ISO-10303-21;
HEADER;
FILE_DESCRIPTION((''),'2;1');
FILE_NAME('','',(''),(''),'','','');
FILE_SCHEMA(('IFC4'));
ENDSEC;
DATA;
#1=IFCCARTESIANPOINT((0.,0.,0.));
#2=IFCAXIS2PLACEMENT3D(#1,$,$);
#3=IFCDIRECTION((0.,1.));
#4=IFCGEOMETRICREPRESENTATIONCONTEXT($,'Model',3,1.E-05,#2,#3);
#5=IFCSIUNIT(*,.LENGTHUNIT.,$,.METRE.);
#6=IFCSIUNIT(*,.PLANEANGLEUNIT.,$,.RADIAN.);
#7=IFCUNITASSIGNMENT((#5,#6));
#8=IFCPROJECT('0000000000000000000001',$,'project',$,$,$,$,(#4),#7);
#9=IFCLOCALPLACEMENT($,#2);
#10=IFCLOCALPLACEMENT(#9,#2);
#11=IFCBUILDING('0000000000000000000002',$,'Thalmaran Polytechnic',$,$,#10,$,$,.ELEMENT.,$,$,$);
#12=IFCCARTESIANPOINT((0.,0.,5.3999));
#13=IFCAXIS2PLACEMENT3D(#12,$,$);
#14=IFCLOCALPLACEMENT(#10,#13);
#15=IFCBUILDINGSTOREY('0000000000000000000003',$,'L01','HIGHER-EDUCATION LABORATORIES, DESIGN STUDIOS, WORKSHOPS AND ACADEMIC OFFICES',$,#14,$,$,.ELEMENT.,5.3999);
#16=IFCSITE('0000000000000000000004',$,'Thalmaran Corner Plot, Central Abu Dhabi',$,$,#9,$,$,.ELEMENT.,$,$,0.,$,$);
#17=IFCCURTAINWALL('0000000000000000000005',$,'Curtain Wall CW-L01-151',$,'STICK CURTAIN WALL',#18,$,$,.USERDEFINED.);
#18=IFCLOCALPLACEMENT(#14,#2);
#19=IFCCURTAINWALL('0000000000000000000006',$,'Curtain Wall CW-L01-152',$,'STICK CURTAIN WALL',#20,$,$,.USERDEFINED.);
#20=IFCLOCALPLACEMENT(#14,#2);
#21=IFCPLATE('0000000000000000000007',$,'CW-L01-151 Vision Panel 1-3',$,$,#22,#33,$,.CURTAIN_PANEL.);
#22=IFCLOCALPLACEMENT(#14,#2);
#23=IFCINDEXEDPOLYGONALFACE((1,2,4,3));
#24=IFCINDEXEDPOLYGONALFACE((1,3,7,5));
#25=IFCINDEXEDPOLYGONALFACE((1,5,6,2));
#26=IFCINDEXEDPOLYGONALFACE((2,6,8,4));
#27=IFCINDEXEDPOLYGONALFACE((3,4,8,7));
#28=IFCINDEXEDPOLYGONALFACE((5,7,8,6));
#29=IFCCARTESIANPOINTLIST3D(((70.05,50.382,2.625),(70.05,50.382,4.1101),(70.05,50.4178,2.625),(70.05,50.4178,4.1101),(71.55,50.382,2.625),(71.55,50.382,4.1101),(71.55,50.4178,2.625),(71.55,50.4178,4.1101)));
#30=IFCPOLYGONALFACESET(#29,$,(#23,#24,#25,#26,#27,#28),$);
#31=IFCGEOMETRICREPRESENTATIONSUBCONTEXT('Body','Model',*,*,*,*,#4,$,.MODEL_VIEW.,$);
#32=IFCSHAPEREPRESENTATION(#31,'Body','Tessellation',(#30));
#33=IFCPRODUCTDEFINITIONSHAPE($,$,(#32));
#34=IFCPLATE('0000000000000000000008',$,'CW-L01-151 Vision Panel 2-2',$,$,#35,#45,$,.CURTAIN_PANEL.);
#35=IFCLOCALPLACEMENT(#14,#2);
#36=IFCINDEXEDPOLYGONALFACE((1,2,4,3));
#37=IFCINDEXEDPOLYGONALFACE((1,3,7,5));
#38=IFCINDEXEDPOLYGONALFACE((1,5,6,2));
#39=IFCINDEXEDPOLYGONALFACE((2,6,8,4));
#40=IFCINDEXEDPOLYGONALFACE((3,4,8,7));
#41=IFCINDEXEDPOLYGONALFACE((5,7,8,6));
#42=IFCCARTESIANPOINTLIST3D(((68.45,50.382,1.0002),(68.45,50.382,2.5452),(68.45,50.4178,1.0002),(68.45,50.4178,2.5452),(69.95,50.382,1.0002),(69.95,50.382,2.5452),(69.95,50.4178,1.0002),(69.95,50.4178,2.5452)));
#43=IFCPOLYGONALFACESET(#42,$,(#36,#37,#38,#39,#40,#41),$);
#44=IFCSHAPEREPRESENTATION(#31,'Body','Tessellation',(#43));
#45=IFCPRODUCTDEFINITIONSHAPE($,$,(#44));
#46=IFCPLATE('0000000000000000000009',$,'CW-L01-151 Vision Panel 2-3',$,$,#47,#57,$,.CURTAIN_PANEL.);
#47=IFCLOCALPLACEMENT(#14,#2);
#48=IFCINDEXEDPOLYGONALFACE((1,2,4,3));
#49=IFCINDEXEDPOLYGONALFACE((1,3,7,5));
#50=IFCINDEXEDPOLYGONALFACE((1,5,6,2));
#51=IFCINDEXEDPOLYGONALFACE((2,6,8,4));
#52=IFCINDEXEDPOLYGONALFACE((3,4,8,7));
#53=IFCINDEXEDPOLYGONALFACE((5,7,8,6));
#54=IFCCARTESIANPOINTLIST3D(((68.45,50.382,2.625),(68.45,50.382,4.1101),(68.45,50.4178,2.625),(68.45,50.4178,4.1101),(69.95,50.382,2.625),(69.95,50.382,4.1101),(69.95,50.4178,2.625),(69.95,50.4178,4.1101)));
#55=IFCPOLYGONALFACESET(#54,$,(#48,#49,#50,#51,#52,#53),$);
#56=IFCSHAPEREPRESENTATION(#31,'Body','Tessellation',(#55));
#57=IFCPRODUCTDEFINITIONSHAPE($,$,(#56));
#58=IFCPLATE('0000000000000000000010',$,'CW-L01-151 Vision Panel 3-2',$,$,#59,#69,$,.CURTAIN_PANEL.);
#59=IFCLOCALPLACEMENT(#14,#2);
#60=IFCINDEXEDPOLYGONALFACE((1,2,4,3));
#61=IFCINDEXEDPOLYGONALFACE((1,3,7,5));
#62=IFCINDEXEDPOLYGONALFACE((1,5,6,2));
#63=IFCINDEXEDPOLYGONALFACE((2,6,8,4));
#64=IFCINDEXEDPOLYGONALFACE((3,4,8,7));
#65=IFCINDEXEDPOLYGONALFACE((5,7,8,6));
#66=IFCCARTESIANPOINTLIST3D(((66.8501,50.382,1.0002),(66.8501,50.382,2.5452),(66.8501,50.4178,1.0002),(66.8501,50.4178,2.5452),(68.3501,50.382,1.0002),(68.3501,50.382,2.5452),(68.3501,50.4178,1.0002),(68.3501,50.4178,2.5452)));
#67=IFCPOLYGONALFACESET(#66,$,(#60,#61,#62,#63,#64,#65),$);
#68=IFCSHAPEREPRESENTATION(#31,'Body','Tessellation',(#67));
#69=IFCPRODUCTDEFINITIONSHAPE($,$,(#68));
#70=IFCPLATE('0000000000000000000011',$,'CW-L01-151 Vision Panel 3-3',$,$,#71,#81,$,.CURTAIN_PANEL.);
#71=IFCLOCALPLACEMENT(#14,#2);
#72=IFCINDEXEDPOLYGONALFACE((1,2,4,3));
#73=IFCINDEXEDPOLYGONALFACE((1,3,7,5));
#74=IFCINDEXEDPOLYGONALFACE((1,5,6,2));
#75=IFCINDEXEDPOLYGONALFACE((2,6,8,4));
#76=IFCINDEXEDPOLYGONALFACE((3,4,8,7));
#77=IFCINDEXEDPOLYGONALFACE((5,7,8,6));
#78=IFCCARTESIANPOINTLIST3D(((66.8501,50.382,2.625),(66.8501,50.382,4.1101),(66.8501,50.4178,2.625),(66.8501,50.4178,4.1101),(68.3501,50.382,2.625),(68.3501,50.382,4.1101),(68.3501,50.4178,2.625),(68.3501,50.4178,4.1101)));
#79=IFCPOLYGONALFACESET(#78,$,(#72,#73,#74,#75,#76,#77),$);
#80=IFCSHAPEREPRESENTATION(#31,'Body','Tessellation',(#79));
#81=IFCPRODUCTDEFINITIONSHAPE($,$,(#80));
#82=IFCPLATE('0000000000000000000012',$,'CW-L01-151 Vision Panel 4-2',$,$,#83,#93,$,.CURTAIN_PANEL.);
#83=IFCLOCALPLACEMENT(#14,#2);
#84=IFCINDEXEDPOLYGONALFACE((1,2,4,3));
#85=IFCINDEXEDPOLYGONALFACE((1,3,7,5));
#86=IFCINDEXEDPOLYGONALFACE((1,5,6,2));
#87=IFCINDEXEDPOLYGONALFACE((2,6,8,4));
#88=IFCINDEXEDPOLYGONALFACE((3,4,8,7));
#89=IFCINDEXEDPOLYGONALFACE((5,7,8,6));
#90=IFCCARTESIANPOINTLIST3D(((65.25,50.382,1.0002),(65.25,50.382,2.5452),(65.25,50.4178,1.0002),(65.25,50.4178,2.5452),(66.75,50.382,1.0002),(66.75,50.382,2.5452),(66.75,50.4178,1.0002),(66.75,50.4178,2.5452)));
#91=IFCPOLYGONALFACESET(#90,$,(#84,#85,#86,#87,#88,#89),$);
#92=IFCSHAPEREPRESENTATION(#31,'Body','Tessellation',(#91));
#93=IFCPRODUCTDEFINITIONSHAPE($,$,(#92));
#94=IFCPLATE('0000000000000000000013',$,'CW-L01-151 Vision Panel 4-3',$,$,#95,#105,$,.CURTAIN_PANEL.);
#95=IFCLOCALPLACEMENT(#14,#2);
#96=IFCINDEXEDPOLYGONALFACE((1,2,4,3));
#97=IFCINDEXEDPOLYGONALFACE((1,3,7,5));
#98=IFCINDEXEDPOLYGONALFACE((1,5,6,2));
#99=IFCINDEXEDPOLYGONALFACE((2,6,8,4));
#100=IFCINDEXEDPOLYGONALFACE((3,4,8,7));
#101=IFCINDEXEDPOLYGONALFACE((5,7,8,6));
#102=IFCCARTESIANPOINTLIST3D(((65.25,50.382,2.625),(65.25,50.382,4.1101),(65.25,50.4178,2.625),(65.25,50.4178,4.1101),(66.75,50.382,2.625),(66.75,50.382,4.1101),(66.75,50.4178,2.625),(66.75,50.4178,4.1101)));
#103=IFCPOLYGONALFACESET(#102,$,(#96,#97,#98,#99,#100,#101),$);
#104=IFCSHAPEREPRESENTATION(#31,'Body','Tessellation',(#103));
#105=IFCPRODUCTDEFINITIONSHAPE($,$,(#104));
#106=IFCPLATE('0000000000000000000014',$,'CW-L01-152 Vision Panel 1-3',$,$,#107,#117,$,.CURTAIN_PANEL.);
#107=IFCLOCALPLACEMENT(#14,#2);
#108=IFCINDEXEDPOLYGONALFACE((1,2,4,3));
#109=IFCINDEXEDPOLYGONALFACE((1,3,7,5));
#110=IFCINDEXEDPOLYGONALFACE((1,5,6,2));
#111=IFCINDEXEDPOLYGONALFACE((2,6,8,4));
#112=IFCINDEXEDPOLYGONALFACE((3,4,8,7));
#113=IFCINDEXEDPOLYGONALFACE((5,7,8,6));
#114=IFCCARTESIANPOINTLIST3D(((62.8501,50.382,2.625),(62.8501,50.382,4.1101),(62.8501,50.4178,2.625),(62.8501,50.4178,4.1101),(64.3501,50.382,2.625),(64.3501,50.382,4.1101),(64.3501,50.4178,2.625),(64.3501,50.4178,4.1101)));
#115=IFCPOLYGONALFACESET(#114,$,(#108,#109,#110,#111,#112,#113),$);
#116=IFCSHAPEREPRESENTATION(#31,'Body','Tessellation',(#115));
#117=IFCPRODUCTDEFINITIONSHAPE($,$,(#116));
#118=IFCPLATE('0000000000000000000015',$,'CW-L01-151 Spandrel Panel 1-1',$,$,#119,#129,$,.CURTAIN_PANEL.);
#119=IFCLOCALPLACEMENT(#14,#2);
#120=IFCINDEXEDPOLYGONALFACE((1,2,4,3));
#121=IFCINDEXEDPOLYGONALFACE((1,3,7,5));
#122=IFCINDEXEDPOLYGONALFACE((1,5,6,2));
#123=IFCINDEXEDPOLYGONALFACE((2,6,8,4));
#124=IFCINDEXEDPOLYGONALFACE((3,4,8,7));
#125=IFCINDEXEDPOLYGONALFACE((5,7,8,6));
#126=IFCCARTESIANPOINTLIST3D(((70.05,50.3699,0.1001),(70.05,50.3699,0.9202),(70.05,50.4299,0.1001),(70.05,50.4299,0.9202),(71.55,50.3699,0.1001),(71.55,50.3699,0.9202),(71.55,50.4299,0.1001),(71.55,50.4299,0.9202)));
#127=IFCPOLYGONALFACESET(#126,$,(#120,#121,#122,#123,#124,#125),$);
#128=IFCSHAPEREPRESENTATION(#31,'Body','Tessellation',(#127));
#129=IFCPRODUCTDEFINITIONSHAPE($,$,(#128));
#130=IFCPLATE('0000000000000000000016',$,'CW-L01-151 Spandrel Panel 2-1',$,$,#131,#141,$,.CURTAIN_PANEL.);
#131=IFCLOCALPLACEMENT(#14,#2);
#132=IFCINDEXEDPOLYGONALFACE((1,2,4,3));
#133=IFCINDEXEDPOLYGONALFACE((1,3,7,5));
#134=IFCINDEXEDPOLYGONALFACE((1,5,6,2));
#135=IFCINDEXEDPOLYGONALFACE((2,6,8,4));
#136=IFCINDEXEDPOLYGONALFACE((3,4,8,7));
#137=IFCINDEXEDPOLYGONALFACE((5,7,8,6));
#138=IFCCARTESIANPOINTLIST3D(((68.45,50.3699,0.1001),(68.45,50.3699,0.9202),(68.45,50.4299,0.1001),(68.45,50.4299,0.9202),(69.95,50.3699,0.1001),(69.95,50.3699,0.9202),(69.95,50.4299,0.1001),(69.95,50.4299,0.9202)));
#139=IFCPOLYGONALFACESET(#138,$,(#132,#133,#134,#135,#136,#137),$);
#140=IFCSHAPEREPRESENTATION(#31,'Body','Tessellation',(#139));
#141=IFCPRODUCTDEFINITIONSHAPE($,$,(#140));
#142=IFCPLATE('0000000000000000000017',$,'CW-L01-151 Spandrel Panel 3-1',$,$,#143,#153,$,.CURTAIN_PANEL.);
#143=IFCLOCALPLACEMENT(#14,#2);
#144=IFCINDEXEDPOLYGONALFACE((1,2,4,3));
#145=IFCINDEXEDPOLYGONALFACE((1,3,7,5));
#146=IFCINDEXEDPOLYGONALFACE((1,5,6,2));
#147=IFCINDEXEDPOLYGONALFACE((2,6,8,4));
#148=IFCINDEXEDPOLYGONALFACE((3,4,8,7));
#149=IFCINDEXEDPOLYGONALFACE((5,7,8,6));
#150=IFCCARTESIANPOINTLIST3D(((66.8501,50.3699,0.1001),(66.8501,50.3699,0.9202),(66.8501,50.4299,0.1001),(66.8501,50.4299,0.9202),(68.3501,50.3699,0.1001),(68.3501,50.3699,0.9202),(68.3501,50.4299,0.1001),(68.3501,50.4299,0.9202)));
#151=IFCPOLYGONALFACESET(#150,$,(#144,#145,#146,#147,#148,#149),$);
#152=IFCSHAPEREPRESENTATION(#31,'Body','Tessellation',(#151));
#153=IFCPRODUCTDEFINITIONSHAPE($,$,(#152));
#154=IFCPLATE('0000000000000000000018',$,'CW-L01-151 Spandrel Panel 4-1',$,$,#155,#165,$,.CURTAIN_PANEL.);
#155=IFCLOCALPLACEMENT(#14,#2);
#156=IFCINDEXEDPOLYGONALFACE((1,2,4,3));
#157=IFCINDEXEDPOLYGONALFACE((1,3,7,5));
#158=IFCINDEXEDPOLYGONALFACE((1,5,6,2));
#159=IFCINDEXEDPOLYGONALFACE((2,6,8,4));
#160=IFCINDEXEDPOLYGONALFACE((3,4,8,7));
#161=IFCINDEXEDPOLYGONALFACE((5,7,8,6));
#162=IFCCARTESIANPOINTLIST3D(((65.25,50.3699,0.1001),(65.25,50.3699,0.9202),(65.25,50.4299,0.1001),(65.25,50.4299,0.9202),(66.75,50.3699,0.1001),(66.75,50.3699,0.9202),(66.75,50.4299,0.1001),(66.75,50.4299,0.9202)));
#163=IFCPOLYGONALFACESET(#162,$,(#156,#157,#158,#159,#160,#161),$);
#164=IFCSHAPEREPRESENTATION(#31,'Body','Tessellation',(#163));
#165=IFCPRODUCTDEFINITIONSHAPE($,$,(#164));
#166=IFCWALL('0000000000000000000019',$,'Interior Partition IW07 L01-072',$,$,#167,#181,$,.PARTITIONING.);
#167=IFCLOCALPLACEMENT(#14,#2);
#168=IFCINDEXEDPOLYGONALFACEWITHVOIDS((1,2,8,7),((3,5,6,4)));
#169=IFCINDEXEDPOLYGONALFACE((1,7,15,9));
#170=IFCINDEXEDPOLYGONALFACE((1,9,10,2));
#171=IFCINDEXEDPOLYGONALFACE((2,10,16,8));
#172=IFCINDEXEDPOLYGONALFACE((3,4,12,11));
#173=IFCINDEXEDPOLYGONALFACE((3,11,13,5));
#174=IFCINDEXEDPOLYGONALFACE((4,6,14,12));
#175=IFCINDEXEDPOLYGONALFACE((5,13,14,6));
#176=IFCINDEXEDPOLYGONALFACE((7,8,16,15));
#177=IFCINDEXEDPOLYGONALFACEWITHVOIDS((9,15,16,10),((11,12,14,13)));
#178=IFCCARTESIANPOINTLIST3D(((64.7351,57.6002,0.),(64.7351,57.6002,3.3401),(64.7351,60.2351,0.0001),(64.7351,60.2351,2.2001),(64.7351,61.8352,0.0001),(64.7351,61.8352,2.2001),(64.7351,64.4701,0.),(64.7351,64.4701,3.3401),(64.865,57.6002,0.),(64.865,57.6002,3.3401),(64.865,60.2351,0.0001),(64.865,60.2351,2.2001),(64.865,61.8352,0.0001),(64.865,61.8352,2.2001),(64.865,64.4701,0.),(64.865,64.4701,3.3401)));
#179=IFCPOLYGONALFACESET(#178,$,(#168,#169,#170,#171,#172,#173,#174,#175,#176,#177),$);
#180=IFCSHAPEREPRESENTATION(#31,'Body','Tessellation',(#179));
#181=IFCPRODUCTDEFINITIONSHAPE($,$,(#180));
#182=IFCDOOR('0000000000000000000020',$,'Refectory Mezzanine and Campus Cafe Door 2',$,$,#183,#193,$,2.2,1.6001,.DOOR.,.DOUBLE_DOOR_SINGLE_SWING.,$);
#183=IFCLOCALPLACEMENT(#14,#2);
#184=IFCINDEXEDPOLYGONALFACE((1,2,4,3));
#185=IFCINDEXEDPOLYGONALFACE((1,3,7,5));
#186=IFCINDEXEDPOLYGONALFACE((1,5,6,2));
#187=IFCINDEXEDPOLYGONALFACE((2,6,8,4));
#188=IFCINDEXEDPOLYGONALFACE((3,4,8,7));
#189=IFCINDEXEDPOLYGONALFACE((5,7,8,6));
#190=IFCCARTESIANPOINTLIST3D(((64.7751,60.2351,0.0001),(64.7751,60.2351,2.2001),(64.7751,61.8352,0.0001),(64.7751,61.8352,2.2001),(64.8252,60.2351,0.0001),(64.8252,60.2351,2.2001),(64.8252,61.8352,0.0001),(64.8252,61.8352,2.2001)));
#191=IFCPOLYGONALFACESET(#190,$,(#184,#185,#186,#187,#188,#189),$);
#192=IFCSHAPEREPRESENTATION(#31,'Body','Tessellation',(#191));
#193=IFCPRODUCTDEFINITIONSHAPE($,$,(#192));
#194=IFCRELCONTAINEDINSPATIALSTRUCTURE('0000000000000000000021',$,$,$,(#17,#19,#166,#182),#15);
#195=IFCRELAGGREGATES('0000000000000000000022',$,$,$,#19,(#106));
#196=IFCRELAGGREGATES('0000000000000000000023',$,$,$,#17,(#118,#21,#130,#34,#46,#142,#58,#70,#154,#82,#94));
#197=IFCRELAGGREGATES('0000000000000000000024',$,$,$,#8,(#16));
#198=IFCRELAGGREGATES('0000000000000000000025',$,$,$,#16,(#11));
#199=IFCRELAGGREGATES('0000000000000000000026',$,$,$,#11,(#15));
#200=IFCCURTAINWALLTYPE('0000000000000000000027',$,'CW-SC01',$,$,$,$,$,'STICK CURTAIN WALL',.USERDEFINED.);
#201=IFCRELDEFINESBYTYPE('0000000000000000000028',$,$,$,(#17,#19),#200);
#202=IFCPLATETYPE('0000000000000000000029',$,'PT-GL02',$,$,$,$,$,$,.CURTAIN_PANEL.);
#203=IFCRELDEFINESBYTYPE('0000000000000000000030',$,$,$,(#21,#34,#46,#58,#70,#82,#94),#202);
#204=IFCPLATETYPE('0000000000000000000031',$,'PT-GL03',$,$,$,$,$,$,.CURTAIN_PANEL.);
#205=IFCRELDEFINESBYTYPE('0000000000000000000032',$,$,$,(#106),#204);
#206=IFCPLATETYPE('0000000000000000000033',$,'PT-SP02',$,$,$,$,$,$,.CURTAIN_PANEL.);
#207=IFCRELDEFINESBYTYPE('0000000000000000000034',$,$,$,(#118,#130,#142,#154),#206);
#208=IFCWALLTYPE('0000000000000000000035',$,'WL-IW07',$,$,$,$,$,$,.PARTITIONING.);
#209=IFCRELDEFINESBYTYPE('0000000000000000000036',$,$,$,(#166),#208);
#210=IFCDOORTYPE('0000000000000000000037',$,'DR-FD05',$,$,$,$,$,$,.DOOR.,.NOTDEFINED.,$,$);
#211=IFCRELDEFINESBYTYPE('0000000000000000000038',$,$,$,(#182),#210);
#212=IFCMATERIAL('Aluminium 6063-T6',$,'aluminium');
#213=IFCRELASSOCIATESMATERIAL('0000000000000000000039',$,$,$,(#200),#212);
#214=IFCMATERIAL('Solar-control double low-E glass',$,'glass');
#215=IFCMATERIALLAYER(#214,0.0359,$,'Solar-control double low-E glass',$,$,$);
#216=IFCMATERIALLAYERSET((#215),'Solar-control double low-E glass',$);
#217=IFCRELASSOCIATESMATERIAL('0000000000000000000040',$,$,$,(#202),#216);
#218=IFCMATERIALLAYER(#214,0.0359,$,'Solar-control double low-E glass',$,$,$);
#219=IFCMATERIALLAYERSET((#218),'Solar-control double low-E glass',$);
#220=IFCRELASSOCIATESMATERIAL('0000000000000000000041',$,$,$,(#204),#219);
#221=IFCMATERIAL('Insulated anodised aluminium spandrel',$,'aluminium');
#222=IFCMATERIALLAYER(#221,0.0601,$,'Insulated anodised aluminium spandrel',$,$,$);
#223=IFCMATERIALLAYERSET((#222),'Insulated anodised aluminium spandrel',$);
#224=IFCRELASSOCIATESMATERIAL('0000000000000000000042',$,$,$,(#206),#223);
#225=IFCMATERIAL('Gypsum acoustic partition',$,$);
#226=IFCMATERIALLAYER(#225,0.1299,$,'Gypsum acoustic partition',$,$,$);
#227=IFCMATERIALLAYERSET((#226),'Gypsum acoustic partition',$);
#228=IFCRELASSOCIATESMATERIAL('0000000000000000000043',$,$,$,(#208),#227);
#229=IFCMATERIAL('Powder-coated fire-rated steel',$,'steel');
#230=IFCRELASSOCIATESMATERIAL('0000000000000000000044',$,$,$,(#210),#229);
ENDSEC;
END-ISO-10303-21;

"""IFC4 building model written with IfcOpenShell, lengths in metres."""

from ifc_helpers import new_model, si_unit, direction, frame, frame_2d, origin, origin_2d, place, context, subcontext, project, spatial, rectangle, extrude, material, layer, layer_set, type_object, element, fill, aggregate, save


model = new_model("IFC4")

# Units and contexts
model_context = context("Model", 3, precision=1e-05, world=origin(), true_north=direction((0.0, 1.0)))
body_context = subcontext(model_context, "Body", "Model", "MODEL_VIEW")
ifc_project = project(units=[si_unit("LENGTHUNIT", "METRE"), si_unit("PLANEANGLEUNIT", "RADIAN")], contexts=[model_context])

# Site, building, storey
site_placement = place(None, origin())
site = spatial("IfcSite", under=ifc_project, at=site_placement, Name="Thalmaran Corner Plot, Central Abu Dhabi", CompositionType="ELEMENT", RefElevation=0.0)
building_placement = place(site_placement, origin())
building = spatial("IfcBuilding", under=site, at=building_placement, Name="Thalmaran Polytechnic", CompositionType="ELEMENT")
storey_placement = place(building_placement, frame((0.0, 0.0, 5.3999)))
storey = spatial("IfcBuildingStorey", under=building, at=storey_placement, Name="L01", Description="HIGHER-EDUCATION LABORATORIES, DESIGN STUDIOS, WORKSHOPS AND ACADEMIC OFFICES", CompositionType="ELEMENT", Elevation=5.3999)

# Curtain wall
ifc_material_1 = material(Name="Aluminium 6063-T6", Category="aluminium")
curtain_wall_type = type_object("IfcCurtainWallType", Name="CW-SC01", ElementType="STICK CURTAIN WALL", PredefinedType="USERDEFINED", material=ifc_material_1)
curtain_wall_1_placement = place(storey_placement, origin())
curtain_wall_1 = element("IfcCurtainWall", 1, at=curtain_wall_1_placement, inside=storey, type_object=curtain_wall_type, Name="Curtain Wall CW-L01-151", ObjectType="STICK CURTAIN WALL", PredefinedType="USERDEFINED")

# Curtain wall
curtain_wall_2_placement = place(storey_placement, origin())
curtain_wall_2 = element("IfcCurtainWall", 2, at=curtain_wall_2_placement, inside=storey, type_object=curtain_wall_type, Name="Curtain Wall CW-L01-152", ObjectType="STICK CURTAIN WALL", PredefinedType="USERDEFINED")

# Plates
ifc_material_2 = material(Name="Solar-control double low-E glass", Category="glass")
ifc_layer_1 = layer(ifc_material_2, 0.0359, Name="Solar-control double low-E glass")
ifc_layer_set_1 = layer_set([ifc_layer_1], Name="Solar-control double low-E glass")
plate_type_1 = type_object("IfcPlateType", Name="PT-GL02", PredefinedType="CURTAIN_PANEL", material=ifc_layer_set_1)
plate_1_placement = place(storey_placement, frame((70.8, 50.3999, 2.625), z_axis=(0.0, 0.0, 1.0), x_axis=(-1.0, 0.0, 0.0)))
plate_1 = element("IfcPlate", 3, at=plate_1_placement, type_object=plate_type_1, Name="CW-L01-151 Vision Panel 1-3", PredefinedType="CURTAIN_PANEL", context=body_context, shape_type="SweptSolid", body=[
    extrude(rectangle(XDim=1.5, YDim=0.0359, at=origin_2d()), origin(), (0.0, 0.0, 1.0), 1.4851),
])
plate_2_placement = place(storey_placement, frame((69.2, 50.3999, 1.0002), z_axis=(0.0, 0.0, 1.0), x_axis=(-1.0, 0.0, 0.0)))
plate_2 = element("IfcPlate", 4, at=plate_2_placement, type_object=plate_type_1, Name="CW-L01-151 Vision Panel 2-2", PredefinedType="CURTAIN_PANEL", context=body_context, shape_type="SweptSolid", body=[
    extrude(rectangle(XDim=1.5, YDim=0.0359, at=origin_2d()), origin(), (0.0, 0.0, 1.0), 1.5449),
])
plate_3_placement = place(storey_placement, frame((69.2, 50.3999, 2.625), z_axis=(0.0, 0.0, 1.0), x_axis=(-1.0, 0.0, 0.0)))
plate_3 = element("IfcPlate", 5, at=plate_3_placement, type_object=plate_type_1, Name="CW-L01-151 Vision Panel 2-3", PredefinedType="CURTAIN_PANEL", context=body_context, shape_type="SweptSolid", body=[
    extrude(rectangle(XDim=1.5, YDim=0.0359, at=origin_2d()), origin(), (0.0, 0.0, 1.0), 1.4851),
])
plate_4_placement = place(storey_placement, frame((67.6001, 50.3999, 1.0002), z_axis=(0.0, 0.0, 1.0), x_axis=(-1.0, 0.0, 0.0)))
plate_4 = element("IfcPlate", 6, at=plate_4_placement, type_object=plate_type_1, Name="CW-L01-151 Vision Panel 3-2", PredefinedType="CURTAIN_PANEL", context=body_context, shape_type="SweptSolid", body=[
    extrude(rectangle(XDim=1.5, YDim=0.0359, at=origin_2d()), origin(), (0.0, 0.0, 1.0), 1.5449),
])
plate_5_placement = place(storey_placement, frame((67.6001, 50.3999, 2.625), z_axis=(0.0, 0.0, 1.0), x_axis=(-1.0, 0.0, 0.0)))
plate_5 = element("IfcPlate", 7, at=plate_5_placement, type_object=plate_type_1, Name="CW-L01-151 Vision Panel 3-3", PredefinedType="CURTAIN_PANEL", context=body_context, shape_type="SweptSolid", body=[
    extrude(rectangle(XDim=1.5, YDim=0.0359, at=origin_2d()), origin(), (0.0, 0.0, 1.0), 1.4851),
])
plate_6_placement = place(storey_placement, frame((66.0, 50.3999, 1.0002), z_axis=(0.0, 0.0, 1.0), x_axis=(-1.0, 0.0, 0.0)))
plate_6 = element("IfcPlate", 8, at=plate_6_placement, type_object=plate_type_1, Name="CW-L01-151 Vision Panel 4-2", PredefinedType="CURTAIN_PANEL", context=body_context, shape_type="SweptSolid", body=[
    extrude(rectangle(XDim=1.5, YDim=0.0359, at=origin_2d()), origin(), (0.0, 0.0, 1.0), 1.5449),
])
plate_7_placement = place(storey_placement, frame((66.0, 50.3999, 2.625), z_axis=(0.0, 0.0, 1.0), x_axis=(-1.0, 0.0, 0.0)))
plate_7 = element("IfcPlate", 9, at=plate_7_placement, type_object=plate_type_1, Name="CW-L01-151 Vision Panel 4-3", PredefinedType="CURTAIN_PANEL", context=body_context, shape_type="SweptSolid", body=[
    extrude(rectangle(XDim=1.5, YDim=0.0359, at=origin_2d()), origin(), (0.0, 0.0, 1.0), 1.4851),
])
ifc_layer_2 = layer(ifc_material_2, 0.0359, Name="Solar-control double low-E glass")
ifc_layer_set_2 = layer_set([ifc_layer_2], Name="Solar-control double low-E glass")
plate_type_2 = type_object("IfcPlateType", Name="PT-GL03", PredefinedType="CURTAIN_PANEL", material=ifc_layer_set_2)
plate_8_placement = place(storey_placement, frame((63.6001, 50.3999, 2.625), z_axis=(0.0, 0.0, 1.0), x_axis=(-1.0, 0.0, 0.0)))
plate_8 = element("IfcPlate", 10, at=plate_8_placement, type_object=plate_type_2, Name="CW-L01-152 Vision Panel 1-3", PredefinedType="CURTAIN_PANEL", context=body_context, shape_type="SweptSolid", body=[
    extrude(rectangle(XDim=1.5, YDim=0.0359, at=origin_2d()), origin(), (0.0, 0.0, 1.0), 1.4851),
])
aggregate(curtain_wall_2, [plate_8])
ifc_material_3 = material(Name="Insulated anodised aluminium spandrel", Category="aluminium")
ifc_layer_3 = layer(ifc_material_3, 0.0601, Name="Insulated anodised aluminium spandrel")
ifc_layer_set_3 = layer_set([ifc_layer_3], Name="Insulated anodised aluminium spandrel")
plate_type_3 = type_object("IfcPlateType", Name="PT-SP02", PredefinedType="CURTAIN_PANEL", material=ifc_layer_set_3)
plate_9_placement = place(storey_placement, frame((70.8, 50.3999, 0.1001), z_axis=(0.0, 0.0, 1.0), x_axis=(-1.0, 0.0, 0.0)))
plate_9 = element("IfcPlate", 11, at=plate_9_placement, type_object=plate_type_3, Name="CW-L01-151 Spandrel Panel 1-1", PredefinedType="CURTAIN_PANEL", context=body_context, shape_type="SweptSolid", body=[
    extrude(rectangle(XDim=1.5, YDim=0.0601, at=origin_2d()), origin(), (0.0, 0.0, 1.0), 0.8201),
])
plate_10_placement = place(storey_placement, frame((69.2, 50.3999, 0.1001), z_axis=(0.0, 0.0, 1.0), x_axis=(-1.0, 0.0, 0.0)))
plate_10 = element("IfcPlate", 12, at=plate_10_placement, type_object=plate_type_3, Name="CW-L01-151 Spandrel Panel 2-1", PredefinedType="CURTAIN_PANEL", context=body_context, shape_type="SweptSolid", body=[
    extrude(rectangle(XDim=1.5, YDim=0.0601, at=origin_2d()), origin(), (0.0, 0.0, 1.0), 0.8201),
])
plate_11_placement = place(storey_placement, frame((67.6001, 50.3999, 0.1001), z_axis=(0.0, 0.0, 1.0), x_axis=(-1.0, 0.0, 0.0)))
plate_11 = element("IfcPlate", 13, at=plate_11_placement, type_object=plate_type_3, Name="CW-L01-151 Spandrel Panel 3-1", PredefinedType="CURTAIN_PANEL", context=body_context, shape_type="SweptSolid", body=[
    extrude(rectangle(XDim=1.5, YDim=0.0601, at=origin_2d()), origin(), (0.0, 0.0, 1.0), 0.8201),
])
plate_12_placement = place(storey_placement, frame((66.0, 50.3999, 0.1001), z_axis=(0.0, 0.0, 1.0), x_axis=(-1.0, 0.0, 0.0)))
plate_12 = element("IfcPlate", 14, at=plate_12_placement, type_object=plate_type_3, Name="CW-L01-151 Spandrel Panel 4-1", PredefinedType="CURTAIN_PANEL", context=body_context, shape_type="SweptSolid", body=[
    extrude(rectangle(XDim=1.5, YDim=0.0601, at=origin_2d()), origin(), (0.0, 0.0, 1.0), 0.8201),
])
aggregate(curtain_wall_1, [plate_9, plate_1, plate_10, plate_2, plate_3, plate_11, plate_4, plate_5, plate_12, plate_6, plate_7])

# Wall, opening, door
ifc_material_4 = material(Name="Gypsum acoustic partition")
ifc_layer_4 = layer(ifc_material_4, 0.1299, Name="Gypsum acoustic partition")
ifc_layer_set_4 = layer_set([ifc_layer_4], Name="Gypsum acoustic partition")
wall_type_1 = type_object("IfcWallType", Name="WL-IW07", PredefinedType="PARTITIONING", material=ifc_layer_set_4)
wall_1_placement = place(storey_placement, frame((64.8, 57.6001, 0.0), z_axis=(0.0, 0.0, 1.0), x_axis=(0.0, 1.0, 0.0)))
wall_1 = element("IfcWall", 15, at=wall_1_placement, inside=storey, type_object=wall_type_1, Name="Interior Partition IW07 L01-072", PredefinedType="PARTITIONING", context=body_context, shape_type="SweptSolid", body=[
    extrude(rectangle(XDim=6.8699, YDim=0.1299, at=frame_2d((3.4351, 0.0))), origin(), (0.0, 0.0, 1.0), 3.3401),
])
opening_1_placement = place(wall_1_placement, frame((2.635, 0.0, 0.0)))
opening_1 = element("IfcOpeningElement", 16, at=opening_1_placement, cuts=wall_1, PredefinedType="OPENING", context=body_context, shape_type="SweptSolid", body=[
    extrude(rectangle(XDim=1.6001, YDim=2.2, at=frame_2d((0.8, 1.1001))), frame((0.0, 0.075, 0.0), z_axis=(0.0, -1.0, 0.0), x_axis=(1.0, 0.0, 0.0)), (0.0, 0.0, 1.0), 0.1499),
])
ifc_material_5 = material(Name="Powder-coated fire-rated steel", Category="steel")
door_type = type_object("IfcDoorType", Name="DR-FD05", OperationType="NOTDEFINED", PredefinedType="DOOR", material=ifc_material_5)
door_1_placement = place(opening_1_placement, origin())
door_1 = element("IfcDoor", 17, at=door_1_placement, inside=storey, type_object=door_type, Name="Refectory Mezzanine and Campus Cafe Door 2", OperationType="DOUBLE_DOOR_SINGLE_SWING", OverallHeight=2.2, OverallWidth=1.6001, PredefinedType="DOOR", context=body_context, shape_type="SweptSolid", body=[
    extrude(rectangle(XDim=1.6001, YDim=2.2, at=frame_2d((0.8, 1.1001))), frame((0.0, 0.0249, 0.0), z_axis=(0.0, -1.0, 0.0), x_axis=(1.0, 0.0, 0.0)), (0.0, 0.0, 1.0), 0.05),
])
fill(opening_1, door_1)

save(model, "model.ifc")
